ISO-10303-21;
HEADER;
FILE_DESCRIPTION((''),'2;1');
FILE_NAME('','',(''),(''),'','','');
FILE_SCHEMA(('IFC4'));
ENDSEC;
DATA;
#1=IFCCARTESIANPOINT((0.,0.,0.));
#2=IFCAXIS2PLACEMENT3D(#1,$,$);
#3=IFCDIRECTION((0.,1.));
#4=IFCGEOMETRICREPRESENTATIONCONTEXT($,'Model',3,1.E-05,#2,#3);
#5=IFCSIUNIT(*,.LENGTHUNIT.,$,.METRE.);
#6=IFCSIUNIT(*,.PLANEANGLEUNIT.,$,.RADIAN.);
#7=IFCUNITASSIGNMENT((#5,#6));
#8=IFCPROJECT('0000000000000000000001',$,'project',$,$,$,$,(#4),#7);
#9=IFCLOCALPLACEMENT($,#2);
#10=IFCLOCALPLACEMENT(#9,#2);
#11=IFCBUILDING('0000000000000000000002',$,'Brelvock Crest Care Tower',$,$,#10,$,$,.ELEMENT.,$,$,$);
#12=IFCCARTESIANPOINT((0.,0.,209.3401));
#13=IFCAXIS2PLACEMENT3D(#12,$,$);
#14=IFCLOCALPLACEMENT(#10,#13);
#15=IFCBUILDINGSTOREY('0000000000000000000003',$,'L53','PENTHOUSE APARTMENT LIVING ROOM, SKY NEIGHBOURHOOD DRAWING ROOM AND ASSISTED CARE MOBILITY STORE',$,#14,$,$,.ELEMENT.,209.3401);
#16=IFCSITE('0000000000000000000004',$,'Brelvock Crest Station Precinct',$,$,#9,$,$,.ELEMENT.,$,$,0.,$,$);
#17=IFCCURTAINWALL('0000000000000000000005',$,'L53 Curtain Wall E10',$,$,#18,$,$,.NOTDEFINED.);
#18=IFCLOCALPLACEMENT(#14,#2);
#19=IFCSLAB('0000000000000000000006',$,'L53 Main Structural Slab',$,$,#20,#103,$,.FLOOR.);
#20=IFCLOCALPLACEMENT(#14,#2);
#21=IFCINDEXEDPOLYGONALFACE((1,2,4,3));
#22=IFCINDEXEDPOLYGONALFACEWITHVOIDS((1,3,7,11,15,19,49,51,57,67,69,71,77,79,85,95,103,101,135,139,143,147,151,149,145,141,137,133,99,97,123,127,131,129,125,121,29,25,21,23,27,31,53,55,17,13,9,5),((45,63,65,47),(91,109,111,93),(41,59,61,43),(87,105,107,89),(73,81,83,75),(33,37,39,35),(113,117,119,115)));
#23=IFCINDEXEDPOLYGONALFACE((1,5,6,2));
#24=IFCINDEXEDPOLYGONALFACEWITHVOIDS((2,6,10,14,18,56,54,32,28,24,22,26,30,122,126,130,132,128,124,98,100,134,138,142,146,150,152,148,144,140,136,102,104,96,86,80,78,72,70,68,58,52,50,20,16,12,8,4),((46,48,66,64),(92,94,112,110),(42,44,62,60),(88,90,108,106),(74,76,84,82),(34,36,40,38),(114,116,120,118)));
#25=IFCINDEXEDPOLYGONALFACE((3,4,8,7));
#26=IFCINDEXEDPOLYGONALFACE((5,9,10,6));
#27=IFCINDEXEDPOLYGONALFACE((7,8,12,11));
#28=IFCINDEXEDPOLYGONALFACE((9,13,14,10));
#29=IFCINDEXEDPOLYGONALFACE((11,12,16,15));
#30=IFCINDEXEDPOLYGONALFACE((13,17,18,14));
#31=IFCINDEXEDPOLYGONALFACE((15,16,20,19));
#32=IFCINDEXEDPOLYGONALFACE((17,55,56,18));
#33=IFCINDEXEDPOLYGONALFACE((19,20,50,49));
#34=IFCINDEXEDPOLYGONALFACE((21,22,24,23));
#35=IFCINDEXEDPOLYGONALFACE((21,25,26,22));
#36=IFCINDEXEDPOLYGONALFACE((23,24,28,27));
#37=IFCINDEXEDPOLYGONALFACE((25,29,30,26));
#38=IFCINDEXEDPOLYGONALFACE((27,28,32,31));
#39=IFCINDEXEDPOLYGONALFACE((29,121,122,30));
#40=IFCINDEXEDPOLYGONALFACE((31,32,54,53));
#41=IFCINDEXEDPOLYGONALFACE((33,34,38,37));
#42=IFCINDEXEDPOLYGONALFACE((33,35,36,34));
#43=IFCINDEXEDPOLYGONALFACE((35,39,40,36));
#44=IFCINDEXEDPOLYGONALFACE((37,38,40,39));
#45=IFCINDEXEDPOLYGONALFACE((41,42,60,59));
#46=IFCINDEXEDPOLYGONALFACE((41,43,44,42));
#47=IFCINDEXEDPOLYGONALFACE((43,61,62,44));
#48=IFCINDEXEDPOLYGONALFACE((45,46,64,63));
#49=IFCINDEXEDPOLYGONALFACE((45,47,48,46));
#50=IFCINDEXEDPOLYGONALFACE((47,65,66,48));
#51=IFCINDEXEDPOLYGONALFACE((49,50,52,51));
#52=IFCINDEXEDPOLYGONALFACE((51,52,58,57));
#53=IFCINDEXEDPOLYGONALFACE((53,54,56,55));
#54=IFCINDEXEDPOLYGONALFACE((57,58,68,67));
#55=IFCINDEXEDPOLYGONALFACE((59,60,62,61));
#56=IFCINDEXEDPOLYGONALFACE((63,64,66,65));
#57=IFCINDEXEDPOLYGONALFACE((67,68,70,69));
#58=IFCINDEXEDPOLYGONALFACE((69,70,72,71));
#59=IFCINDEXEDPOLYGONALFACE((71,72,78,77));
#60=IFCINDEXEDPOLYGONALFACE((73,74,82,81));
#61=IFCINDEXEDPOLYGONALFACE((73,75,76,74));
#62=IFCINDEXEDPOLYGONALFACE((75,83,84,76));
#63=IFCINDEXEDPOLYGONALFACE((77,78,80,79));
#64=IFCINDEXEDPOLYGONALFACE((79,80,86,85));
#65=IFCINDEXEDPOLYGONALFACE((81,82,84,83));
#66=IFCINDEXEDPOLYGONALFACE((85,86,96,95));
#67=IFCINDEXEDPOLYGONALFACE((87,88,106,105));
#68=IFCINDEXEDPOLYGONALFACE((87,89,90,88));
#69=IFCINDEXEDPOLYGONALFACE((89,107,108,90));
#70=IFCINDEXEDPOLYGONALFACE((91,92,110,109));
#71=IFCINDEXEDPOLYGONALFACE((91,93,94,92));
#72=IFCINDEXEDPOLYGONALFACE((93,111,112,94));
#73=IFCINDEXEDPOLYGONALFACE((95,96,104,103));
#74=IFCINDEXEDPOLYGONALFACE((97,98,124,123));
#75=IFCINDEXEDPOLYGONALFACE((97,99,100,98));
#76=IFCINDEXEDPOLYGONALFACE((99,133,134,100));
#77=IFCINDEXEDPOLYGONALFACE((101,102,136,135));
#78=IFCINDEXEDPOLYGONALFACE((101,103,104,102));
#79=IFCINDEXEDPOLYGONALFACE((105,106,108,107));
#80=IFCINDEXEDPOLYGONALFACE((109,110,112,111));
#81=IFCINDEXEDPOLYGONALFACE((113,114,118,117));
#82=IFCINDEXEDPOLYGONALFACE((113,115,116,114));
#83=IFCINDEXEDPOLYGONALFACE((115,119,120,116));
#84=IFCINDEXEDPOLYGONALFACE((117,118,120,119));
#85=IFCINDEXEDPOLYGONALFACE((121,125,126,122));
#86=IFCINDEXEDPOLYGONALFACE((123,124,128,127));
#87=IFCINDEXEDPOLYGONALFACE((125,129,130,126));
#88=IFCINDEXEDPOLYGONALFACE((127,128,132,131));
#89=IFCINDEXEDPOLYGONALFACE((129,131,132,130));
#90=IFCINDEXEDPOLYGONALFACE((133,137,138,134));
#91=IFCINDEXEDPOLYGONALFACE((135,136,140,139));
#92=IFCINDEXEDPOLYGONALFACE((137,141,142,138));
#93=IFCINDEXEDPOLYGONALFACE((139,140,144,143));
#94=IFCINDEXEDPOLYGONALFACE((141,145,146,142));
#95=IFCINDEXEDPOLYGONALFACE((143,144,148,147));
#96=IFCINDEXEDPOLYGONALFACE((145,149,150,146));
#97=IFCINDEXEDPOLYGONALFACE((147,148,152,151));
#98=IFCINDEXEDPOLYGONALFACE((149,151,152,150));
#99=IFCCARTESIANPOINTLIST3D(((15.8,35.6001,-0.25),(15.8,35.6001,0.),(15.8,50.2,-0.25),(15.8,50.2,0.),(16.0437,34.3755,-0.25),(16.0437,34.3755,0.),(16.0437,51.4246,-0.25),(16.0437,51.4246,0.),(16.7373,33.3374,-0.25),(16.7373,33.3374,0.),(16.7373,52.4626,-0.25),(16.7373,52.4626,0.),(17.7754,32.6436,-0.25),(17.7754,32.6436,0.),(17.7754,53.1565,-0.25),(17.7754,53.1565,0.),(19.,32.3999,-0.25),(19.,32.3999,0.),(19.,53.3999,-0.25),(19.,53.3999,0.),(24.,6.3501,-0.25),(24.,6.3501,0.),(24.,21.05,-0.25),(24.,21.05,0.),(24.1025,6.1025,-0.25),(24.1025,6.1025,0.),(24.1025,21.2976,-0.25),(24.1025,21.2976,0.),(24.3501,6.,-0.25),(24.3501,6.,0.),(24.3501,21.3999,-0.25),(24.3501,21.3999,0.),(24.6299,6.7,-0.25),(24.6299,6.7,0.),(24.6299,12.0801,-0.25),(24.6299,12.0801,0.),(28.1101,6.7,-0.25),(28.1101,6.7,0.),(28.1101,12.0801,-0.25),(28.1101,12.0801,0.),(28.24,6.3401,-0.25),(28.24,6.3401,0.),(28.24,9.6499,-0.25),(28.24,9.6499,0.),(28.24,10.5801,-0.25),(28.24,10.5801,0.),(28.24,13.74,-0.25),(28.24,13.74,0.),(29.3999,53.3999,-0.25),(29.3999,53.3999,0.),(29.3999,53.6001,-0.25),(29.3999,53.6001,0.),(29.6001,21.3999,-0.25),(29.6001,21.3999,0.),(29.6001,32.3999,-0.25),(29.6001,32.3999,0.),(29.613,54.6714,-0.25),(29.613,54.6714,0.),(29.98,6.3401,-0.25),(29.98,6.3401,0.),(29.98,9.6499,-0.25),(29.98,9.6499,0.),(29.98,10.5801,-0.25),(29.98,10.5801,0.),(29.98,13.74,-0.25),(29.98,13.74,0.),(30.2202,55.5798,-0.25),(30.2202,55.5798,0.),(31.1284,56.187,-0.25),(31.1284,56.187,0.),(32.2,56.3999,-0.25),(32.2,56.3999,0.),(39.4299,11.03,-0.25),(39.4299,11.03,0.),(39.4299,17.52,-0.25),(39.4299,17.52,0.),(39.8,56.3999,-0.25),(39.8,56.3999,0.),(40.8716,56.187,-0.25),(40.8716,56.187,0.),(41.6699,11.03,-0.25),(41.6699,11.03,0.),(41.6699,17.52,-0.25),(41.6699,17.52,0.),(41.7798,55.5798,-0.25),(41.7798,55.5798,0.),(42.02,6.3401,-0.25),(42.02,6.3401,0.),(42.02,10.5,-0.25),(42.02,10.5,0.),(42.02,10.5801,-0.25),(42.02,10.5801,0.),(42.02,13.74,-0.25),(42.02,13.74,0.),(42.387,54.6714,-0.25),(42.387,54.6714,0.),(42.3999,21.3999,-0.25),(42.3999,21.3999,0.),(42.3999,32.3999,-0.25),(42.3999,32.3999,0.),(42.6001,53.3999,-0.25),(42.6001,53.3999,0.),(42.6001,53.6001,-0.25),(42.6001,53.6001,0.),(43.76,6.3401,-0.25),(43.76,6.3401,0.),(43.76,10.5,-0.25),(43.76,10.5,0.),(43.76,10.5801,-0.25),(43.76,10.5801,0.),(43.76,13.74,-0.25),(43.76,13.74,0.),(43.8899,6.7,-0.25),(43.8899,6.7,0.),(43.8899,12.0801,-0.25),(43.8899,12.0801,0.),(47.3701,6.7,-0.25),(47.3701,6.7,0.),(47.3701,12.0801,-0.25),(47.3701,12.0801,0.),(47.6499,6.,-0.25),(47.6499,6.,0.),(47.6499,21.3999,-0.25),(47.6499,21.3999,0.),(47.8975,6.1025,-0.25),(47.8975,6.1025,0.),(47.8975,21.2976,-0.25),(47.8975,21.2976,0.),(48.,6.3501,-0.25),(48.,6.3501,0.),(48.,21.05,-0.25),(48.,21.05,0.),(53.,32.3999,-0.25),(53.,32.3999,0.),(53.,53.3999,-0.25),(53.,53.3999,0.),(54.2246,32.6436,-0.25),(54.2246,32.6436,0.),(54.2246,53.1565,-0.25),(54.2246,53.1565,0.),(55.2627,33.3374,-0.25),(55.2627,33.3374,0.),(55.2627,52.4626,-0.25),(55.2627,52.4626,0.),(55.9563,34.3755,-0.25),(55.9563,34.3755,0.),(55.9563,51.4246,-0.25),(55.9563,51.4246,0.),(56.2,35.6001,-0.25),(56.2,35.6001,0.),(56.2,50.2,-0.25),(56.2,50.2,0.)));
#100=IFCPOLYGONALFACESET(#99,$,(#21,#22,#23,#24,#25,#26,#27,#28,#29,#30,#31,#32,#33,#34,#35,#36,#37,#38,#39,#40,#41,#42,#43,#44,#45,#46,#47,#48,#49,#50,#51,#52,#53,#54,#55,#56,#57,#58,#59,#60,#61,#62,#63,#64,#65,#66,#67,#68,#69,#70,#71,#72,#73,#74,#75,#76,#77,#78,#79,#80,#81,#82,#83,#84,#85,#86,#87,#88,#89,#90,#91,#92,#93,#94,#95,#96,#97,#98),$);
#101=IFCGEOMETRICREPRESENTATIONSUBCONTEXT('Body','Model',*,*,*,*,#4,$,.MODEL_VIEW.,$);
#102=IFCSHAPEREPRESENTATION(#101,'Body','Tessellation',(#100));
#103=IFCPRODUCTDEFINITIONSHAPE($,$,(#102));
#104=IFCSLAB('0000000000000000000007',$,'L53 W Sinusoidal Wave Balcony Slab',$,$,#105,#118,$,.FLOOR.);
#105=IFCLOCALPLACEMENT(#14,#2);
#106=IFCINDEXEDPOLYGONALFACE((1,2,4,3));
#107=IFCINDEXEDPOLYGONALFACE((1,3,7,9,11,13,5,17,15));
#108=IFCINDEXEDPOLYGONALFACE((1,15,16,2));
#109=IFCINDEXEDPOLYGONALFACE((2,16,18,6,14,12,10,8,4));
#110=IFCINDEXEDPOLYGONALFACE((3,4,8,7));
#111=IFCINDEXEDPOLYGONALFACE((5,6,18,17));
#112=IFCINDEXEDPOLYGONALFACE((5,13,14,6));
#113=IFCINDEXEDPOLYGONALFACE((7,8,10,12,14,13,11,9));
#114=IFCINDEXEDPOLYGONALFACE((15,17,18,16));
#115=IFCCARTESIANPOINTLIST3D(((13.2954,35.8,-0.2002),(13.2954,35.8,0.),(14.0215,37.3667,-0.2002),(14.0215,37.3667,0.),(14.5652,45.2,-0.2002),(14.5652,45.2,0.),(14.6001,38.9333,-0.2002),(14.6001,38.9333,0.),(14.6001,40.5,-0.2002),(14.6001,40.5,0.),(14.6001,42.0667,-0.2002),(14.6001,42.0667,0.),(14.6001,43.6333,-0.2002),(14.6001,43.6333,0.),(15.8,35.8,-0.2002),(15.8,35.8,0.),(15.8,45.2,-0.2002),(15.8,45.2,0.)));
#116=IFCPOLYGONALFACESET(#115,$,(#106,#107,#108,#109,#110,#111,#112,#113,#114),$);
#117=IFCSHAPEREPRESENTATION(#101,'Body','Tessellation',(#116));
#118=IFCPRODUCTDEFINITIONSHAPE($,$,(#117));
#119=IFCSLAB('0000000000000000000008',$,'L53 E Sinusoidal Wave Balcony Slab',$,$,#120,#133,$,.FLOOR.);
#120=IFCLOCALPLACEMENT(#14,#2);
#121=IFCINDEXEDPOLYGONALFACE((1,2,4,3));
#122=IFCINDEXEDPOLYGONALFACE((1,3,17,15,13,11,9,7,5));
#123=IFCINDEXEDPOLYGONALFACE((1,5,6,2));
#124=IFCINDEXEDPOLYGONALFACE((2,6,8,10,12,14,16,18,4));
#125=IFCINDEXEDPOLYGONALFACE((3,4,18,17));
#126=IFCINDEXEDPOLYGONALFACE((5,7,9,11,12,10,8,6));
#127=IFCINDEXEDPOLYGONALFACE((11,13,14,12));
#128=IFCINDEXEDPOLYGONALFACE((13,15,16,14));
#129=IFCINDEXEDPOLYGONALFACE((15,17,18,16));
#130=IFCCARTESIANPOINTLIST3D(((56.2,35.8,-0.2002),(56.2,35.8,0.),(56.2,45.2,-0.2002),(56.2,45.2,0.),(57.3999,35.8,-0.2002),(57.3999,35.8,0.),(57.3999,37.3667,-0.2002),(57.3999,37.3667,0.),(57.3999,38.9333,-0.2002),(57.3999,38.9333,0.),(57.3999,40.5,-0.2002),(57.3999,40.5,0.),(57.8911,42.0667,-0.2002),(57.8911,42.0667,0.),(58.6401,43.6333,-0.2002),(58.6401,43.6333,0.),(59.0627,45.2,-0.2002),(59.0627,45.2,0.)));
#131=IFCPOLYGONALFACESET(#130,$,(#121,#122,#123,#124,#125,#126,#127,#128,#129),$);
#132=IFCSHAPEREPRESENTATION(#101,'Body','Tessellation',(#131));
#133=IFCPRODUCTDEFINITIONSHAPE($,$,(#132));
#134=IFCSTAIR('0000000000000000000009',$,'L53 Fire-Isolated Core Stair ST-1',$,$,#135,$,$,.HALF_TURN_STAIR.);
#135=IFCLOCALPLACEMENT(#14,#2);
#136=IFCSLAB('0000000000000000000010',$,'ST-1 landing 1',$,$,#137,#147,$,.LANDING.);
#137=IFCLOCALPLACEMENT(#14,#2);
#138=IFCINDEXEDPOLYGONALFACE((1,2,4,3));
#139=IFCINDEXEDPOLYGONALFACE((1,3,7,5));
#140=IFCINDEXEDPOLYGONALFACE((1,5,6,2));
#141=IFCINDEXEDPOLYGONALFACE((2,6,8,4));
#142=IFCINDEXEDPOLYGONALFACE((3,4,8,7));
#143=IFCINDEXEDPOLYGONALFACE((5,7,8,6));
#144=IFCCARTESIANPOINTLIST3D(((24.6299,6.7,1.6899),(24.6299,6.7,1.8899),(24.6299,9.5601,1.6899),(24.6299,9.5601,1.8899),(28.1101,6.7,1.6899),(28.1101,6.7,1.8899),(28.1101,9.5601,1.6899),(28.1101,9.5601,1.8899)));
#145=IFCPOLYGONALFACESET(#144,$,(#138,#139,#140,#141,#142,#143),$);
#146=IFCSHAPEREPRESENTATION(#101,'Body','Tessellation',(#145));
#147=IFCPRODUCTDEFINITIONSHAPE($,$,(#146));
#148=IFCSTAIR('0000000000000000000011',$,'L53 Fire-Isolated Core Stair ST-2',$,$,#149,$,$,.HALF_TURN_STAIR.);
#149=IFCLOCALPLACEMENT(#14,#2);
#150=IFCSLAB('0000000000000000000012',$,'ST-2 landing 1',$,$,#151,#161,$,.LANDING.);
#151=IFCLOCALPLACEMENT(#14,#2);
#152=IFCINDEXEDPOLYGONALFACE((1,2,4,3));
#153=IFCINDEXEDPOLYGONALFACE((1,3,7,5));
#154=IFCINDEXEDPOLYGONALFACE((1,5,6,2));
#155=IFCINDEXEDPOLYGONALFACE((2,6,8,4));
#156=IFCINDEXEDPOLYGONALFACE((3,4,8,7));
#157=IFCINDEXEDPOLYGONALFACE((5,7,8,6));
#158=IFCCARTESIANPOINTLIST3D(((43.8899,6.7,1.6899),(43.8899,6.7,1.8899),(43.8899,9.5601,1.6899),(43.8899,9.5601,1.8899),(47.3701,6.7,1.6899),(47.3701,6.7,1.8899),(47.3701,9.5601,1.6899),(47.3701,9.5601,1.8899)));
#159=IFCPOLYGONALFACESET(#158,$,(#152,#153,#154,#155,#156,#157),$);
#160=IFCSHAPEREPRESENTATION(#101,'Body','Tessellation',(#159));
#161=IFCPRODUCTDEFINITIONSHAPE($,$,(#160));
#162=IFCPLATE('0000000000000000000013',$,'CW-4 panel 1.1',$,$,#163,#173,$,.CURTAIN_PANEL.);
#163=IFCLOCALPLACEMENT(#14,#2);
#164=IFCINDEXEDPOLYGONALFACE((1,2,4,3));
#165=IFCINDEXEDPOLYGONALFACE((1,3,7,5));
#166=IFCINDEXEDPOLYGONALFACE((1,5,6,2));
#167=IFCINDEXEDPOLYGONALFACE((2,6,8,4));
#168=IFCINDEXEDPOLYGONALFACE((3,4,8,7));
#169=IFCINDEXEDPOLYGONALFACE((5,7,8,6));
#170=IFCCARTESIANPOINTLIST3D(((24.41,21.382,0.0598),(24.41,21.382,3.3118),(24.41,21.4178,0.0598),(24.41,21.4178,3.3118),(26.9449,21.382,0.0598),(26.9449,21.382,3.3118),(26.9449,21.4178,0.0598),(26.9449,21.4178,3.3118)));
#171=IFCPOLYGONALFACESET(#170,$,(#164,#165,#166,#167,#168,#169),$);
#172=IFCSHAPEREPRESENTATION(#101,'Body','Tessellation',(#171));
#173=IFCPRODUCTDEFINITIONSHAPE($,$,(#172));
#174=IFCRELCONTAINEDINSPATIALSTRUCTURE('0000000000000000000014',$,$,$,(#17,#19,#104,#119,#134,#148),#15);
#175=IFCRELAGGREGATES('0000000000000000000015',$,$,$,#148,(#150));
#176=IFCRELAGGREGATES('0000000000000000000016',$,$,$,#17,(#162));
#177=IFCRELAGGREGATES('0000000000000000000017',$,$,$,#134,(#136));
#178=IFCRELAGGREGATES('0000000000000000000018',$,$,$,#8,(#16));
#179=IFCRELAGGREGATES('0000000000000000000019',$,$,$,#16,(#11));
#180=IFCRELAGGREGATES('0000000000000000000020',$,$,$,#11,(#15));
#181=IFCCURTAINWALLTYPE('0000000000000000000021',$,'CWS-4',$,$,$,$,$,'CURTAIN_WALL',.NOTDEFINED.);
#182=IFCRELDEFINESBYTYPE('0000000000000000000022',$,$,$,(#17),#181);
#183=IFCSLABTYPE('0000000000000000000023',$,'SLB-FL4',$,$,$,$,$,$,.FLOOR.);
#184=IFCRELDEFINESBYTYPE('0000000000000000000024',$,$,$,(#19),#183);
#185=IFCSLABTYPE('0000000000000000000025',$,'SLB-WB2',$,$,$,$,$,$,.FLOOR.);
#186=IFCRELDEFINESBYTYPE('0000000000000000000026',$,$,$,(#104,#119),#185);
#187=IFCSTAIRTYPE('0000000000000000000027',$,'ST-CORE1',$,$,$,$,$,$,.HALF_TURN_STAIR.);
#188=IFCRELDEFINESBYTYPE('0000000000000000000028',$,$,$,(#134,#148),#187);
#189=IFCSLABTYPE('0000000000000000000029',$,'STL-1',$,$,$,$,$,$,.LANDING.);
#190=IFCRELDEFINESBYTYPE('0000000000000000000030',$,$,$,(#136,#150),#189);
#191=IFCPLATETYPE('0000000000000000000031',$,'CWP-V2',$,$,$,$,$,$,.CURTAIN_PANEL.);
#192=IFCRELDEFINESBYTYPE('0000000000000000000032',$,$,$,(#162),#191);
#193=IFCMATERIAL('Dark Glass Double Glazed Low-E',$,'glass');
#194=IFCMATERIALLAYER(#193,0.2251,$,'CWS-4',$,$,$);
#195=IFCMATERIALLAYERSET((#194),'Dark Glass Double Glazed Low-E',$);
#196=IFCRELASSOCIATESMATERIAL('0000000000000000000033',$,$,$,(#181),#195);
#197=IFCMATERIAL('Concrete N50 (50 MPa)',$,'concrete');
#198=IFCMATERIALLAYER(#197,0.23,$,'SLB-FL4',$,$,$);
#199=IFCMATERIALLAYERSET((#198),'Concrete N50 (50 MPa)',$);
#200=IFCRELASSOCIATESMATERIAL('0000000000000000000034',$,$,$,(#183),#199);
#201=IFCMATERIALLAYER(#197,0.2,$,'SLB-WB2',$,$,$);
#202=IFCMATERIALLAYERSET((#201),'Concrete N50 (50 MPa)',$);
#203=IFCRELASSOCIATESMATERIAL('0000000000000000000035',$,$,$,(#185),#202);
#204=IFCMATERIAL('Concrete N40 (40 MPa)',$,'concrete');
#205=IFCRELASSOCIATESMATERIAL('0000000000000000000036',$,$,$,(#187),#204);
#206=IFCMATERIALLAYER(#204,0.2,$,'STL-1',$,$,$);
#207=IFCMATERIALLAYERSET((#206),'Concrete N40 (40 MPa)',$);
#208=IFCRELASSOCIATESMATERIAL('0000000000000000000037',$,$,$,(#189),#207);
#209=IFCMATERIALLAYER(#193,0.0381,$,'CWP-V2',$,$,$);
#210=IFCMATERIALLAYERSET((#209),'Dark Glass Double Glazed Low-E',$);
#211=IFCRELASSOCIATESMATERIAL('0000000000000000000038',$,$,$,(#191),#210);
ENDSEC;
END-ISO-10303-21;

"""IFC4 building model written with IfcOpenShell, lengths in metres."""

from ifc_helpers import new_model, si_unit, direction, frame, origin, origin_2d, place, context, subcontext, project, spatial, polyline, rectangle, outline, extrude, source, transform, mapped, material, layer, layer_set, type_object, element, aggregate, save


model = new_model("IFC4")

# Units and contexts
model_context = context("Model", 3, precision=1e-05, world=origin(), true_north=direction((0.0, 1.0)))
body_context = subcontext(model_context, "Body", "Model", "MODEL_VIEW")
ifc_project = project(units=[si_unit("LENGTHUNIT", "METRE"), si_unit("PLANEANGLEUNIT", "RADIAN")], contexts=[model_context])

# Site, building, storey
site_placement = place(None, origin())
site = spatial("IfcSite", under=ifc_project, at=site_placement, Name="Brelvock Crest Station Precinct", CompositionType="ELEMENT", RefElevation=0.0)
building_placement = place(site_placement, origin())
building = spatial("IfcBuilding", under=site, at=building_placement, Name="Brelvock Crest Care Tower", CompositionType="ELEMENT")
storey_placement = place(building_placement, frame((0.0, 0.0, 209.3401)))
storey = spatial("IfcBuildingStorey", under=building, at=storey_placement, Name="L53", Description="PENTHOUSE APARTMENT LIVING ROOM, SKY NEIGHBOURHOOD DRAWING ROOM AND ASSISTED CARE MOBILITY STORE", CompositionType="ELEMENT", Elevation=209.3401)

# Curtain wall
ifc_material_1 = material(Name="Dark Glass Double Glazed Low-E", Category="glass")
ifc_layer_1 = layer(ifc_material_1, 0.2251, Name="CWS-4")
ifc_layer_set_1 = layer_set([ifc_layer_1], Name="Dark Glass Double Glazed Low-E")
curtain_wall_type = type_object("IfcCurtainWallType", Name="CWS-4", ElementType="CURTAIN_WALL", PredefinedType="NOTDEFINED", material=ifc_layer_set_1)
curtain_wall_placement = place(storey_placement, origin())
curtain_wall = element("IfcCurtainWall", 1, at=curtain_wall_placement, inside=storey, type_object=curtain_wall_type, Name="L53 Curtain Wall E10", PredefinedType="NOTDEFINED")

# Slabs
ifc_material_2 = material(Name="Concrete N50 (50 MPa)", Category="concrete")
ifc_layer_2 = layer(ifc_material_2, 0.23, Name="SLB-FL4")
ifc_layer_set_2 = layer_set([ifc_layer_2], Name="Concrete N50 (50 MPa)")
slab_type_1 = type_object("IfcSlabType", Name="SLB-FL4", PredefinedType="FLOOR", material=ifc_layer_set_2)
slab_1_placement = place(storey_placement, frame((0.0, 0.0, -0.25)))
element("IfcSlab", 2, at=slab_1_placement, inside=storey, type_object=slab_type_1, Name="L53 Main Structural Slab", PredefinedType="FLOOR", context=body_context, shape_type="SweptSolid", body=[
    extrude(outline(polyline([(47.6499, 21.3999), (42.3999, 21.3999), (42.3999, 32.3999), (53.0, 32.3999), (54.2246, 32.6436), (55.2627, 33.3374), (55.9563, 34.3755), (56.2, 35.6001), (56.2, 50.2), (55.9563, 51.4246), (55.2627, 52.4626), (54.2246, 53.1565), (53.0, 53.3999), (42.6001, 53.3999), (42.6001, 53.6001), (42.387, 54.6714), (41.7798, 55.5798), (40.8716, 56.187), (39.8, 56.3999), (32.2, 56.3999), (31.1284, 56.187), (30.2202, 55.5798), (29.613, 54.6714), (29.3999, 53.6001), (29.3999, 53.3999), (19.0, 53.3999), (17.7754, 53.1565), (16.7373, 52.4626), (16.0437, 51.4246), (15.8, 50.2), (15.8, 35.6001), (16.0437, 34.3755), (16.7373, 33.3374), (17.7754, 32.6436), (19.0, 32.3999), (29.6001, 32.3999), (29.6001, 21.3999), (24.3501, 21.3999), (24.1025, 21.2976), (24.0, 21.05), (24.0, 6.3501), (24.1025, 6.1025), (24.3501, 6.0), (47.6499, 6.0), (47.8975, 6.1025), (48.0, 6.3501), (48.0, 21.05), (47.8975, 21.2976), (47.6499, 21.3999)]), holes=[polyline([(28.24, 10.5801), (29.98, 10.5801), (29.98, 13.74), (28.24, 13.74), (28.24, 10.5801)]), polyline([(42.02, 10.5801), (43.76, 10.5801), (43.76, 13.74), (42.02, 13.74), (42.02, 10.5801)]), polyline([(28.24, 6.3401), (29.98, 6.3401), (29.98, 9.6499), (28.24, 9.6499), (28.24, 6.3401)]), polyline([(24.6299, 12.0801), (24.6299, 6.7), (28.1101, 6.7), (28.1101, 12.0801), (24.6299, 12.0801)]), polyline([(43.8899, 12.0801), (43.8899, 6.7), (47.3701, 6.7), (47.3701, 12.0801), (43.8899, 12.0801)]), polyline([(42.02, 6.3401), (43.76, 6.3401), (43.76, 10.5), (42.02, 10.5), (42.02, 6.3401)]), polyline([(39.4299, 11.03), (41.6699, 11.03), (41.6699, 17.52), (39.4299, 17.52), (39.4299, 11.03)])]), origin(), (0.0, 0.0, 1.0), 0.25),
])
ifc_layer_3 = layer(ifc_material_2, 0.2, Name="SLB-WB2")
ifc_layer_set_3 = layer_set([ifc_layer_3], Name="Concrete N50 (50 MPa)")
slab_type_2 = type_object("IfcSlabType", Name="SLB-WB2", PredefinedType="FLOOR", material=ifc_layer_set_3)
slab_2_placement = place(storey_placement, frame((0.0, 0.0, -0.2002)))
element("IfcSlab", 3, at=slab_2_placement, inside=storey, type_object=slab_type_2, Name="L53 W Sinusoidal Wave Balcony Slab", PredefinedType="FLOOR", context=body_context, shape_type="SweptSolid", body=[
    extrude(outline(polyline([(15.8, 45.2), (14.5652, 45.2), (14.6001, 43.6333), (14.6001, 42.0667), (14.6001, 40.5), (14.6001, 38.9333), (14.0215, 37.3667), (13.2954, 35.8), (15.8, 35.8), (15.8, 45.2)])), origin(), (0.0, 0.0, 1.0), 0.2002),
])
slab_3_placement = place(storey_placement, frame((0.0, 0.0, -0.2002)))
element("IfcSlab", 4, at=slab_3_placement, inside=storey, type_object=slab_type_2, Name="L53 E Sinusoidal Wave Balcony Slab", PredefinedType="FLOOR", context=body_context, shape_type="SweptSolid", body=[
    extrude(outline(polyline([(56.2, 35.8), (57.3999, 35.8), (57.3999, 37.3667), (57.3999, 38.9333), (57.3999, 40.5), (57.8911, 42.0667), (58.6401, 43.6333), (59.0627, 45.2), (56.2, 45.2), (56.2, 35.8)])), origin(), (0.0, 0.0, 1.0), 0.2002),
])

# Stairs, slabs
ifc_material_3 = material(Name="Concrete N40 (40 MPa)", Category="concrete")
stair_type = type_object("IfcStairType", Name="ST-CORE1", PredefinedType="HALF_TURN_STAIR", material=ifc_material_3)
stair_1_placement = place(storey_placement, origin())
stair_1 = element("IfcStair", 5, at=stair_1_placement, inside=storey, type_object=stair_type, Name="L53 Fire-Isolated Core Stair ST-1", PredefinedType="HALF_TURN_STAIR")
ifc_layer_4 = layer(ifc_material_3, 0.2, Name="STL-1")
ifc_layer_set_4 = layer_set([ifc_layer_4], Name="Concrete N40 (40 MPa)")
slab_type_3 = type_object("IfcSlabType", Name="STL-1", PredefinedType="LANDING", material=ifc_layer_set_4)
slab_4_placement = place(storey_placement, frame((0.0, 0.0, 1.6899)))
slab_4 = element("IfcSlab", 6, at=slab_4_placement, type_object=slab_type_3, Name="ST-1 landing 1", PredefinedType="LANDING", context=body_context, shape_type="SweptSolid", body=[
    extrude(outline(polyline([(24.6299, 9.5601), (24.6299, 6.7), (28.1101, 6.7), (28.1101, 9.5601), (24.6299, 9.5601)])), origin(), (0.0, 0.0, 1.0), 0.2),
])
stair_2_placement = place(storey_placement, origin())
stair_2 = element("IfcStair", 7, at=stair_2_placement, inside=storey, type_object=stair_type, Name="L53 Fire-Isolated Core Stair ST-2", PredefinedType="HALF_TURN_STAIR")
slab_5_placement = place(storey_placement, frame((0.0, 0.0, 1.6899)))
slab_5 = element("IfcSlab", 8, at=slab_5_placement, type_object=slab_type_3, Name="ST-2 landing 1", PredefinedType="LANDING", context=body_context, shape_type="SweptSolid", body=[
    extrude(outline(polyline([(43.8899, 9.5601), (43.8899, 6.7), (47.3701, 6.7), (47.3701, 9.5601), (43.8899, 9.5601)])), origin(), (0.0, 0.0, 1.0), 0.2),
])
aggregate(stair_2, [slab_5])

# Plate
ifc_layer_5 = layer(ifc_material_1, 0.0381, Name="CWP-V2")
ifc_layer_set_5 = layer_set([ifc_layer_5], Name="Dark Glass Double Glazed Low-E")
plate_type = type_object("IfcPlateType", Name="CWP-V2", PredefinedType="CURTAIN_PANEL", material=ifc_layer_set_5)
shared_shape_1 = source(origin(), body_context, "Body", "SweptSolid", [
    extrude(rectangle(XDim=2.5349, YDim=0.0359, at=origin_2d()), origin(), (0.0, 0.0, 1.0), 3.252),
])
plate_placement = place(storey_placement, frame((25.6775, 21.3999, 0.0598), z_axis=(0.0, 0.0, 1.0), x_axis=(1.0, 0.0, 0.0)))
plate = element("IfcPlate", 9, at=plate_placement, type_object=plate_type, Name="CW-4 panel 1.1", PredefinedType="CURTAIN_PANEL", context=body_context, shape_type="MappedRepresentation", body=[
    mapped(shared_shape_1, transform((0.0, 0.0, 0.0), x_axis=(1.0, 0.0, 0.0), y_axis=(0.0, 1.0, 0.0), z_axis=(0.0, 0.0, 1.0), scale=1.0)),
])
aggregate(curtain_wall, [plate])

aggregate(stair_1, [slab_4])

save(model, "model.ifc")
